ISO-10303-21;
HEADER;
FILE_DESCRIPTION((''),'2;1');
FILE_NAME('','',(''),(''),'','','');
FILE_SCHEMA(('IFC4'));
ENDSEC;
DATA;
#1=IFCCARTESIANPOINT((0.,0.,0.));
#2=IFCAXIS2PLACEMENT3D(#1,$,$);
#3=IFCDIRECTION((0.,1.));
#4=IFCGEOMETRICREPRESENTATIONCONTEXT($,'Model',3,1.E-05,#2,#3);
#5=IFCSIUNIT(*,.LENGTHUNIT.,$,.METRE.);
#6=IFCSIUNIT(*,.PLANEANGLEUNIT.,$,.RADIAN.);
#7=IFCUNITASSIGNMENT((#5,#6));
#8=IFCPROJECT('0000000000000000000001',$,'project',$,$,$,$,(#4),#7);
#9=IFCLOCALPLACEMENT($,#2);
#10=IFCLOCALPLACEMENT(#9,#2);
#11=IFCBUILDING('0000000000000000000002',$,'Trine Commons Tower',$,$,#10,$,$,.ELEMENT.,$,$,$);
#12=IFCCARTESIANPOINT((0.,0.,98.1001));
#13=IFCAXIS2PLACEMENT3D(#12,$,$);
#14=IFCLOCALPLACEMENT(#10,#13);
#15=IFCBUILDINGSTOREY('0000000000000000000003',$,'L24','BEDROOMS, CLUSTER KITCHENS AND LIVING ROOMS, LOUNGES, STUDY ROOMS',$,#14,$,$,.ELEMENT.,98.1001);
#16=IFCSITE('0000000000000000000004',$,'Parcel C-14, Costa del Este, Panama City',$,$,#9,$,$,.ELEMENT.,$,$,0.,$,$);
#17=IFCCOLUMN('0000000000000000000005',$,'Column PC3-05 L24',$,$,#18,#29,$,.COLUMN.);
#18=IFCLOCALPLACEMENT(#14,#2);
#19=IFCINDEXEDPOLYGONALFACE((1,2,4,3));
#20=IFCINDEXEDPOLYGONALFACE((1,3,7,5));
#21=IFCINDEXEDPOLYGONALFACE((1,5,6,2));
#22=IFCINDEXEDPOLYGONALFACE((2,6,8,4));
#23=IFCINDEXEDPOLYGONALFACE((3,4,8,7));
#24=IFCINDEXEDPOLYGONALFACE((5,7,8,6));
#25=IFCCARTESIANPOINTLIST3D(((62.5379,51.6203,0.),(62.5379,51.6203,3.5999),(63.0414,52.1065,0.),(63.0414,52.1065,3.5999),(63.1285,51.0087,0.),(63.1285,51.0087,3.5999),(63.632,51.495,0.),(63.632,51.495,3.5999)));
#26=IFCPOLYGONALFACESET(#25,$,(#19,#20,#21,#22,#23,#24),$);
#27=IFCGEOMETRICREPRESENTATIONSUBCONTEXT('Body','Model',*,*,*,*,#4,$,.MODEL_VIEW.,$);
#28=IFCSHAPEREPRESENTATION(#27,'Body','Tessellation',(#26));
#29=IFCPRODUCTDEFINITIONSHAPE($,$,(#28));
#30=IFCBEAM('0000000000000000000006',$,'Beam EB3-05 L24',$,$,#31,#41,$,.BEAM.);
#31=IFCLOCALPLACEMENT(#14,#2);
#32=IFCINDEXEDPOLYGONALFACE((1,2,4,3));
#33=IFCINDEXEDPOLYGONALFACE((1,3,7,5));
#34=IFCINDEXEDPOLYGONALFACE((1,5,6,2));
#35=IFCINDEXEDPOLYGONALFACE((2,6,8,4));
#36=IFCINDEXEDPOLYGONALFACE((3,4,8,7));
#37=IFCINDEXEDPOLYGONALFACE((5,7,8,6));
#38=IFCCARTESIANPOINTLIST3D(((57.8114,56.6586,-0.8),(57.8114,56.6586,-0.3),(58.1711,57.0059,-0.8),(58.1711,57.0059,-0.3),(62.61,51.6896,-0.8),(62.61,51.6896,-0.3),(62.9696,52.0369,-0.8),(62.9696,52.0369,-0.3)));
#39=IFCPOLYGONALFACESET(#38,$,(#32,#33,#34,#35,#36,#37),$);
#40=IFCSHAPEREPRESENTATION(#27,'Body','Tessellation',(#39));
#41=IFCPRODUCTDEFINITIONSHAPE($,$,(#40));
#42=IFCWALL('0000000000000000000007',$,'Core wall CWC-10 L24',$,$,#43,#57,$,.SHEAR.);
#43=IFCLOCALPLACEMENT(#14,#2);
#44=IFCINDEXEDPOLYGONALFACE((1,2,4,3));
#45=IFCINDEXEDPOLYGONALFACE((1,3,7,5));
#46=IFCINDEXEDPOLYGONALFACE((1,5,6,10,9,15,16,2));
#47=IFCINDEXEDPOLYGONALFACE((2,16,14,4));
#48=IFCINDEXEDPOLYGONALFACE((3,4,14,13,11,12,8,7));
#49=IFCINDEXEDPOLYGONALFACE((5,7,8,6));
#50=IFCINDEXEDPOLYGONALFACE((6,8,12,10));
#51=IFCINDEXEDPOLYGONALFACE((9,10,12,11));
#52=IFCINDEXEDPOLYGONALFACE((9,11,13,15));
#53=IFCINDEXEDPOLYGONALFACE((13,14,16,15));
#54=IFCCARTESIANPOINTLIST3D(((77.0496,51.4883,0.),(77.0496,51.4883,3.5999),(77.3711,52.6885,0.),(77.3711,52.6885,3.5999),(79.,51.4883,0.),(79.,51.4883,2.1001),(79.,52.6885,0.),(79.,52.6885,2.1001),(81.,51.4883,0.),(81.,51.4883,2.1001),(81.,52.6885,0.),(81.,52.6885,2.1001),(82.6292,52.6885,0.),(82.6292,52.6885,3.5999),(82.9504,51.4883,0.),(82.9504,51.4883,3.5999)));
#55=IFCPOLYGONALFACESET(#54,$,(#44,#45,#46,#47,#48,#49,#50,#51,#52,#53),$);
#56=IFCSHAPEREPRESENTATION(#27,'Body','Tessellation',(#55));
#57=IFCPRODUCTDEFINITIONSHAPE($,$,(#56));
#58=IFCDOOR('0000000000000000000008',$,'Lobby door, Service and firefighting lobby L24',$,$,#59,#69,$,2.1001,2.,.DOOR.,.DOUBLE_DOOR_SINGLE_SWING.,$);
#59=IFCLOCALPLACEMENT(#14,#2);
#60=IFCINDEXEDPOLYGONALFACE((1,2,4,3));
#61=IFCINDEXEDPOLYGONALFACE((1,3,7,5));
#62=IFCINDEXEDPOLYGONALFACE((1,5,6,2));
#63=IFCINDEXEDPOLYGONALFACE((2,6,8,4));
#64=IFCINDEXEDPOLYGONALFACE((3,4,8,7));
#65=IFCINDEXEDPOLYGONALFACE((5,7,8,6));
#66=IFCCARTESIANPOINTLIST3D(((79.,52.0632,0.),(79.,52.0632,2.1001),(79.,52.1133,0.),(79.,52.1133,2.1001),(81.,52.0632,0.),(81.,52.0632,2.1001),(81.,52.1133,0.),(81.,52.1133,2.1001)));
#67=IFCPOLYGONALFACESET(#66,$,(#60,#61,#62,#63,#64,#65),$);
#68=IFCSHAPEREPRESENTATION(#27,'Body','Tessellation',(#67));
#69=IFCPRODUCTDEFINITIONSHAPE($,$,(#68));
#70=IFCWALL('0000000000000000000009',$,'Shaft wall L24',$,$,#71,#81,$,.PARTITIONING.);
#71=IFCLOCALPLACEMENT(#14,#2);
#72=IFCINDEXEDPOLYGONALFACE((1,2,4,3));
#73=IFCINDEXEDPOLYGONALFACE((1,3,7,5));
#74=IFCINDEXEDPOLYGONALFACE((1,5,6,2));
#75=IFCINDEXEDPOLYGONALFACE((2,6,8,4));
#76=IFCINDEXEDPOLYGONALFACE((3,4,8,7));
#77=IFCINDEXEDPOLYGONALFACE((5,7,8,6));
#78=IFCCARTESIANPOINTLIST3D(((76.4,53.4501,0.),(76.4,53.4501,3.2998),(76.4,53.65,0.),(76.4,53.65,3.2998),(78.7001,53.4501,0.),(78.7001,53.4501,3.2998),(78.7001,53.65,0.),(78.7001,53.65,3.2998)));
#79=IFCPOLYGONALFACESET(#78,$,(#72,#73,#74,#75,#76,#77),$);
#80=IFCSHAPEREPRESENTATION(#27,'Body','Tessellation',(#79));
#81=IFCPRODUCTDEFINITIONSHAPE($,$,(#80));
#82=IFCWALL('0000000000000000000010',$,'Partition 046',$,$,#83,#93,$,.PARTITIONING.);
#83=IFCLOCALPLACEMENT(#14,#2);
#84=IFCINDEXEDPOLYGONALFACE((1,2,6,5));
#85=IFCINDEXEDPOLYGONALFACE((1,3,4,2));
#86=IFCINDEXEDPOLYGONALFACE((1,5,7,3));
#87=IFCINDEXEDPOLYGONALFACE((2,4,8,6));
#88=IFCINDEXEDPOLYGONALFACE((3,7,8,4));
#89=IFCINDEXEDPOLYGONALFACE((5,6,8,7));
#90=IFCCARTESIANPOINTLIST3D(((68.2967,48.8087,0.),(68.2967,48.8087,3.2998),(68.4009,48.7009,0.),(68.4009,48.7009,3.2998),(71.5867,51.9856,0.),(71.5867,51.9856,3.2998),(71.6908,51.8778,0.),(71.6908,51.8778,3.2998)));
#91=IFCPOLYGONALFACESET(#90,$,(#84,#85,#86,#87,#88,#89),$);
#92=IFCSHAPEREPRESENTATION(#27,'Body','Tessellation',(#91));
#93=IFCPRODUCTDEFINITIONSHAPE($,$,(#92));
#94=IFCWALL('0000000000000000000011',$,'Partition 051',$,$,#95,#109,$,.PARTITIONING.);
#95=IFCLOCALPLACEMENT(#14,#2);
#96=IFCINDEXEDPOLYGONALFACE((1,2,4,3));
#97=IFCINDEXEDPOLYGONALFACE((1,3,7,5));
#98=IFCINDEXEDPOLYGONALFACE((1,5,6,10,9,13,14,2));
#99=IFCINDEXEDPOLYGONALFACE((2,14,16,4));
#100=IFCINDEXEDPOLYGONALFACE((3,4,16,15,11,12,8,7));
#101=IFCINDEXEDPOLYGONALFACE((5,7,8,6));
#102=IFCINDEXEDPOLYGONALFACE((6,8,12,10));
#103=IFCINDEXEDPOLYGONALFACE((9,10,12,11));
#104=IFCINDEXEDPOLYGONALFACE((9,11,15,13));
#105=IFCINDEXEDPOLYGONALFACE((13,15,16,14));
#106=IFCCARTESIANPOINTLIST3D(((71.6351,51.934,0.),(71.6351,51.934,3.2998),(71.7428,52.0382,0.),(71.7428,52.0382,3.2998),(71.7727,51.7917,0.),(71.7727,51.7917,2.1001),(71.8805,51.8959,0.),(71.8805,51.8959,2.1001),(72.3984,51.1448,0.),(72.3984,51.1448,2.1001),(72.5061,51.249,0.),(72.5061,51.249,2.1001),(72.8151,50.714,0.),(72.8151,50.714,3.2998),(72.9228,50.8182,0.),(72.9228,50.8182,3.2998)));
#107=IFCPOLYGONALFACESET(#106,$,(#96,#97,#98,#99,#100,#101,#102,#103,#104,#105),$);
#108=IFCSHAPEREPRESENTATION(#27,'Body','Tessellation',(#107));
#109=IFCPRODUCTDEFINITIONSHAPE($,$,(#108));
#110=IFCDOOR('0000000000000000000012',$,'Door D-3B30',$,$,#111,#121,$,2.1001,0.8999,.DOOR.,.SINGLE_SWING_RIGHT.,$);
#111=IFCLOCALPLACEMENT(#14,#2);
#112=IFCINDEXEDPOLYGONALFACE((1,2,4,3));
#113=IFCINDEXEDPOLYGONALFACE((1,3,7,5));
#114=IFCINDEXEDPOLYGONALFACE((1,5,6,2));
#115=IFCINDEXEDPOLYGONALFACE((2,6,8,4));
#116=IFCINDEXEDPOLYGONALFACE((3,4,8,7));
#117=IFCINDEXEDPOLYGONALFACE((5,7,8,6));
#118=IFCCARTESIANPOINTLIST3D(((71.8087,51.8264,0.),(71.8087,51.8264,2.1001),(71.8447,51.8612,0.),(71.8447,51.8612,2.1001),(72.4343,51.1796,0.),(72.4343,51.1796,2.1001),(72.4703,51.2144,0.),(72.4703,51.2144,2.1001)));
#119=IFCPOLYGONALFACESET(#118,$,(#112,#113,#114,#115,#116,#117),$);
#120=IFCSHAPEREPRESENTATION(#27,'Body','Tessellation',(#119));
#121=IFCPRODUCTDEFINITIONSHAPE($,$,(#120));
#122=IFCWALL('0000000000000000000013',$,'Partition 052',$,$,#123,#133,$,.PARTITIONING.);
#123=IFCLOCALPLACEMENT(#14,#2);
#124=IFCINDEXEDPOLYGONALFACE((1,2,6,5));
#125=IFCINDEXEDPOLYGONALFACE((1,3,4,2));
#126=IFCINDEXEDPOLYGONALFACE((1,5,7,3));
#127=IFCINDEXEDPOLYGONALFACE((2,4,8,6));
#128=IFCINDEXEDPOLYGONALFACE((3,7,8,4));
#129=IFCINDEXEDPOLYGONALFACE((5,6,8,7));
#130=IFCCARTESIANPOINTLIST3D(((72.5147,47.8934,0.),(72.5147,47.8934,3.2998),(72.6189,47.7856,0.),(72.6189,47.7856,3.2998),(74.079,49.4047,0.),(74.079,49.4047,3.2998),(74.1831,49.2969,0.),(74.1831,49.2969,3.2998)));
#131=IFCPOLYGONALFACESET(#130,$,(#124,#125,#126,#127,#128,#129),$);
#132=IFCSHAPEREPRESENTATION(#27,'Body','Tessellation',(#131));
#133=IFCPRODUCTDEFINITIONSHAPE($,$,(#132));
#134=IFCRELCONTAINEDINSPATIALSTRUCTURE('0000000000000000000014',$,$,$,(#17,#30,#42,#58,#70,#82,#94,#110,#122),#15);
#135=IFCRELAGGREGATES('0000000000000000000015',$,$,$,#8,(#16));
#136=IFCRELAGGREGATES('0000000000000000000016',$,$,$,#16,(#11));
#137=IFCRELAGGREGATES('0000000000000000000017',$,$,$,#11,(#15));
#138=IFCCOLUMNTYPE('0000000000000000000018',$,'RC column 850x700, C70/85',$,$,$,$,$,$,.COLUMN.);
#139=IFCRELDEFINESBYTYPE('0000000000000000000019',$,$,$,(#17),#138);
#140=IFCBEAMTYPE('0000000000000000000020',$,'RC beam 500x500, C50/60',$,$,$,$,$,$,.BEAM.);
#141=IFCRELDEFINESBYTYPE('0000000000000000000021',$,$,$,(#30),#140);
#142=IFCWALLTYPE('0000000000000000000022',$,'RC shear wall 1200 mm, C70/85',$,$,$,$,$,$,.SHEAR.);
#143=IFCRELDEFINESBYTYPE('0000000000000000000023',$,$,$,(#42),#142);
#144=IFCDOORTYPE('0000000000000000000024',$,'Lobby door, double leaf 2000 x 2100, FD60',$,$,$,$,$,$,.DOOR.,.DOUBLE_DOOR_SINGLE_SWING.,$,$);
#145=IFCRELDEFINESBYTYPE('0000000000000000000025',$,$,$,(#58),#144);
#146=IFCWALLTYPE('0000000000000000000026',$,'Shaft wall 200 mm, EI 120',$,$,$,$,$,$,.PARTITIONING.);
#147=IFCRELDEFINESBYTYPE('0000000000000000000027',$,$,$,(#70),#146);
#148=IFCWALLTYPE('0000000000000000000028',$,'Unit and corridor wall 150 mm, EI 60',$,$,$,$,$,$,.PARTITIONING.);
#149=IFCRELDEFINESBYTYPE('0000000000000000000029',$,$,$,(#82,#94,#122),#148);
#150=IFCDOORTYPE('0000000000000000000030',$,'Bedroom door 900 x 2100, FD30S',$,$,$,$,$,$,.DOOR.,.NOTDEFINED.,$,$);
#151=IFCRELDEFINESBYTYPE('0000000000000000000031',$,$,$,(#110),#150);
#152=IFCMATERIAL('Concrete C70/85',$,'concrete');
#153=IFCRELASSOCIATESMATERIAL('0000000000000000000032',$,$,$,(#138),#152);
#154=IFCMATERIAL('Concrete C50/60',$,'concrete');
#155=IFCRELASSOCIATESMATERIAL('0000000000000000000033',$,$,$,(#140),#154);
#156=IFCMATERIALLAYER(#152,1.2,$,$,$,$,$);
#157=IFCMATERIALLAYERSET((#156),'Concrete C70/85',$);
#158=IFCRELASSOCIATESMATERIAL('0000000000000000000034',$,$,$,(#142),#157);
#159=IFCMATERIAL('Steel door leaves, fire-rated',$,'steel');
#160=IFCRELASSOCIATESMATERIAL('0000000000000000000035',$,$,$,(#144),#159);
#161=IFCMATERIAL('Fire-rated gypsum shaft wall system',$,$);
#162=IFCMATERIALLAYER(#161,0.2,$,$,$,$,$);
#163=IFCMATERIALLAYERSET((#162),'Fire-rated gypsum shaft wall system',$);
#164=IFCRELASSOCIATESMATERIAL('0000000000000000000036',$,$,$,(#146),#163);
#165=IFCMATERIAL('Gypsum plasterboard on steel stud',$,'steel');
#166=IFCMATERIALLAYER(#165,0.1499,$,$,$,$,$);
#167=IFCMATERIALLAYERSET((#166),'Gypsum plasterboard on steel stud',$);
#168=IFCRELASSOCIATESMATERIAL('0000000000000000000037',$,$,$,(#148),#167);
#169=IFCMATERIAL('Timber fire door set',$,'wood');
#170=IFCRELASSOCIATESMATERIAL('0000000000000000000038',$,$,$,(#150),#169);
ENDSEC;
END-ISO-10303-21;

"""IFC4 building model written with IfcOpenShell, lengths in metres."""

from ifc_helpers import new_model, si_unit, direction, frame, frame_2d, origin, origin_2d, place, context, subcontext, project, spatial, polyline, rectangle, outline, extrude, material, layer, layer_set, material_profile, profile_set, type_object, element, fill, save


model = new_model("IFC4")

# Units and contexts
model_context = context("Model", 3, precision=1e-05, world=origin(), true_north=direction((0.0, 1.0)))
body_context = subcontext(model_context, "Body", "Model", "MODEL_VIEW")
ifc_project = project(units=[si_unit("LENGTHUNIT", "METRE"), si_unit("PLANEANGLEUNIT", "RADIAN")], contexts=[model_context])

# Site, building, storey
site_placement = place(None, origin())
site = spatial("IfcSite", under=ifc_project, at=site_placement, Name="Parcel C-14, Costa del Este, Panama City", CompositionType="ELEMENT", RefElevation=0.0)
building_placement = place(site_placement, origin())
building = spatial("IfcBuilding", under=site, at=building_placement, Name="Trine Commons Tower", CompositionType="ELEMENT")
storey_placement = place(building_placement, frame((0.0, 0.0, 98.1001)))
storey = spatial("IfcBuildingStorey", under=building, at=storey_placement, Name="L24", Description="BEDROOMS, CLUSTER KITCHENS AND LIVING ROOMS, LOUNGES, STUDY ROOMS", CompositionType="ELEMENT", Elevation=98.1001)

# Column
ifc_material_1 = material(Name="Concrete C70/85", Category="concrete")
ifc_material_profile_1 = material_profile(ifc_material_1, rectangle(XDim=0.8501, YDim=0.7, at=origin_2d()), Name="RC 850x700")
ifc_profile_set_1 = profile_set([ifc_material_profile_1], Name="Concrete C70/85")
column_type = type_object("IfcColumnType", Name="RC column 850x700, C70/85", PredefinedType="COLUMN", material=ifc_profile_set_1)
column_placement = place(storey_placement, frame((63.085, 51.5576, 0.0), z_axis=(0.0, 0.0, 1.0), x_axis=(-0.694658, 0.71934, 0.0)))
element("IfcColumn", 1, at=column_placement, inside=storey, type_object=column_type, Name="Column PC3-05 L24", PredefinedType="COLUMN", context=body_context, shape_type="SweptSolid", body=[
    extrude(rectangle(XDim=0.8501, YDim=0.7, at=origin_2d()), origin(), (0.0, 0.0, 1.0), 3.5999),
])

# Beam
ifc_material_2 = material(Name="Concrete C50/60", Category="concrete")
ifc_material_profile_2 = material_profile(ifc_material_2, rectangle(XDim=0.5, YDim=0.5, at=origin_2d()), Name="RC 500x500")
ifc_profile_set_2 = profile_set([ifc_material_profile_2], Name="Concrete C50/60")
beam_type = type_object("IfcBeamType", Name="RC beam 500x500, C50/60", PredefinedType="BEAM", material=ifc_profile_set_2)
beam_placement = place(storey_placement, frame((62.7898, 51.8633, -0.55), z_axis=(-0.694665, 0.719334, 0.0), x_axis=(-0.719334, -0.694665, 0.0)))
element("IfcBeam", 2, at=beam_placement, inside=storey, type_object=beam_type, Name="Beam EB3-05 L24", PredefinedType="BEAM", context=body_context, shape_type="SweptSolid", body=[
    extrude(rectangle(XDim=0.5, YDim=0.5, at=origin_2d()), origin(), (0.0, 0.0, 1.0), 6.9077),
])

# Wall, opening, door
ifc_layer_1 = layer(ifc_material_1, 1.2)
ifc_layer_set_1 = layer_set([ifc_layer_1], Name="Concrete C70/85")
wall_type_1 = type_object("IfcWallType", Name="RC shear wall 1200 mm, C70/85", PredefinedType="SHEAR", material=ifc_layer_set_1)
wall_1_placement = place(storey_placement, frame((77.0496, 52.0884, 0.0), z_axis=(0.0, 0.0, 1.0), x_axis=(1.0, 0.0, 0.0)))
wall_1 = element("IfcWall", 3, at=wall_1_placement, inside=storey, type_object=wall_type_1, Name="Core wall CWC-10 L24", PredefinedType="SHEAR", context=body_context, shape_type="SweptSolid", body=[
    extrude(outline(polyline([(0.0, -0.6001), (5.9009, -0.6001), (5.5796, 0.6001), (0.3215, 0.6001), (0.0, -0.6001)])), origin(), (0.0, 0.0, 1.0), 3.5999),
])
opening_1_placement = place(wall_1_placement, frame((1.9504, 0.0, 0.0)))
opening_1 = element("IfcOpeningElement", 4, at=opening_1_placement, cuts=wall_1, PredefinedType="OPENING", context=body_context, shape_type="SweptSolid", body=[
    extrude(rectangle(XDim=2.0, YDim=2.1001, at=frame_2d((1.0, 1.05))), frame((0.0, 0.6099, 0.0), z_axis=(0.0, -1.0, 0.0), x_axis=(1.0, 0.0, 0.0)), (0.0, 0.0, 1.0), 1.22),
])
ifc_material_3 = material(Name="Steel door leaves, fire-rated", Category="steel")
door_type_1 = type_object("IfcDoorType", Name="Lobby door, double leaf 2000 x 2100, FD60", OperationType="DOUBLE_DOOR_SINGLE_SWING", PredefinedType="DOOR", material=ifc_material_3)
door_1_placement = place(opening_1_placement, origin())
door_1 = element("IfcDoor", 5, at=door_1_placement, inside=storey, type_object=door_type_1, Name="Lobby door, Service and firefighting lobby L24", OperationType="DOUBLE_DOOR_SINGLE_SWING", OverallHeight=2.1001, OverallWidth=2.0, PredefinedType="DOOR", context=body_context, shape_type="SweptSolid", body=[
    extrude(rectangle(XDim=2.0, YDim=2.1001, at=frame_2d((1.0, 1.05))), frame((0.0, 0.0249, 0.0), z_axis=(0.0, -1.0, 0.0), x_axis=(1.0, 0.0, 0.0)), (0.0, 0.0, 1.0), 0.05),
])
fill(opening_1, door_1)

# Walls
ifc_material_4 = material(Name="Fire-rated gypsum shaft wall system")
ifc_layer_2 = layer(ifc_material_4, 0.2)
ifc_layer_set_2 = layer_set([ifc_layer_2], Name="Fire-rated gypsum shaft wall system")
wall_type_2 = type_object("IfcWallType", Name="Shaft wall 200 mm, EI 120", PredefinedType="PARTITIONING", material=ifc_layer_set_2)
wall_2_placement = place(storey_placement, frame((78.7, 53.55, 0.0), z_axis=(0.0, 0.0, 1.0), x_axis=(-1.0, 0.0, 0.0)))
element("IfcWall", 6, at=wall_2_placement, inside=storey, type_object=wall_type_2, Name="Shaft wall L24", PredefinedType="PARTITIONING", context=body_context, shape_type="SweptSolid", body=[
    extrude(rectangle(XDim=2.3, YDim=0.2, at=frame_2d((1.1499, 0.0))), origin(), (0.0, 0.0, 1.0), 3.2998),
])
ifc_material_5 = material(Name="Gypsum plasterboard on steel stud", Category="steel")
ifc_layer_3 = layer(ifc_material_5, 0.1499)
ifc_layer_set_3 = layer_set([ifc_layer_3], Name="Gypsum plasterboard on steel stud")
wall_type_3 = type_object("IfcWallType", Name="Unit and corridor wall 150 mm, EI 60", PredefinedType="PARTITIONING", material=ifc_layer_set_3)
wall_3_placement = place(storey_placement, frame((68.3489, 48.7549, 0.0), z_axis=(0.0, 0.0, 1.0), x_axis=(0.719356, 0.694641, 0.0)))
element("IfcWall", 7, at=wall_3_placement, inside=storey, type_object=wall_type_3, Name="Partition 046", PredefinedType="PARTITIONING", context=body_context, shape_type="SweptSolid", body=[
    extrude(rectangle(XDim=4.5735, YDim=0.1499, at=frame_2d((2.2866, 0.0))), origin(), (0.0, 0.0, 1.0), 3.2998),
])

# Wall, opening, door
wall_4_placement = place(storey_placement, frame((71.689, 51.9861, 0.0), z_axis=(0.0, 0.0, 1.0), x_axis=(0.695213, -0.718804, 0.0)))
wall_4 = element("IfcWall", 8, at=wall_4_placement, inside=storey, type_object=wall_type_3, Name="Partition 051", PredefinedType="PARTITIONING", context=body_context, shape_type="SweptSolid", body=[
    extrude(rectangle(XDim=1.6973, YDim=0.1499, at=frame_2d((0.8486, 0.0))), origin(), (0.0, 0.0, 1.0), 3.2998),
])
opening_2_placement = place(wall_4_placement, frame((0.198, 0.0, 0.0)))
opening_2 = element("IfcOpeningElement", 9, at=opening_2_placement, cuts=wall_4, PredefinedType="OPENING", context=body_context, shape_type="SweptSolid", body=[
    extrude(rectangle(XDim=0.8999, YDim=2.1001, at=frame_2d((0.45, 1.05))), frame((0.0, 0.085, 0.0), z_axis=(0.0, -1.0, 0.0), x_axis=(1.0, 0.0, 0.0)), (0.0, 0.0, 1.0), 0.1699),
])
ifc_material_6 = material(Name="Timber fire door set", Category="wood")
door_type_2 = type_object("IfcDoorType", Name="Bedroom door 900 x 2100, FD30S", OperationType="NOTDEFINED", PredefinedType="DOOR", material=ifc_material_6)
door_2_placement = place(opening_2_placement, frame((0.8999, 0.0, 0.0), z_axis=(0.0, 0.0, 1.0), x_axis=(-1.0, 0.0, 0.0)))
door_2 = element("IfcDoor", 10, at=door_2_placement, inside=storey, type_object=door_type_2, Name="Door D-3B30", OperationType="SINGLE_SWING_RIGHT", OverallHeight=2.1001, OverallWidth=0.8999, PredefinedType="DOOR", context=body_context, shape_type="SweptSolid", body=[
    extrude(rectangle(XDim=0.8999, YDim=2.1001, at=frame_2d((0.45, 1.05))), frame((0.0, 0.0249, 0.0), z_axis=(0.0, -1.0, 0.0), x_axis=(1.0, 0.0, 0.0)), (0.0, 0.0, 1.0), 0.05),
])
fill(opening_2, door_2)

# Wall
wall_5_placement = place(storey_placement, frame((72.5669, 47.8396, 0.0), z_axis=(0.0, 0.0, 1.0), x_axis=(0.719181, 0.694823, 0.0)))
element("IfcWall", 11, at=wall_5_placement, inside=storey, type_object=wall_type_3, Name="Partition 052", PredefinedType="PARTITIONING", context=body_context, shape_type="SweptSolid", body=[
    extrude(rectangle(XDim=2.175, YDim=0.1499, at=frame_2d((1.0874, 0.0))), origin(), (0.0, 0.0, 1.0), 3.2998),
])

save(model, "model.ifc")
